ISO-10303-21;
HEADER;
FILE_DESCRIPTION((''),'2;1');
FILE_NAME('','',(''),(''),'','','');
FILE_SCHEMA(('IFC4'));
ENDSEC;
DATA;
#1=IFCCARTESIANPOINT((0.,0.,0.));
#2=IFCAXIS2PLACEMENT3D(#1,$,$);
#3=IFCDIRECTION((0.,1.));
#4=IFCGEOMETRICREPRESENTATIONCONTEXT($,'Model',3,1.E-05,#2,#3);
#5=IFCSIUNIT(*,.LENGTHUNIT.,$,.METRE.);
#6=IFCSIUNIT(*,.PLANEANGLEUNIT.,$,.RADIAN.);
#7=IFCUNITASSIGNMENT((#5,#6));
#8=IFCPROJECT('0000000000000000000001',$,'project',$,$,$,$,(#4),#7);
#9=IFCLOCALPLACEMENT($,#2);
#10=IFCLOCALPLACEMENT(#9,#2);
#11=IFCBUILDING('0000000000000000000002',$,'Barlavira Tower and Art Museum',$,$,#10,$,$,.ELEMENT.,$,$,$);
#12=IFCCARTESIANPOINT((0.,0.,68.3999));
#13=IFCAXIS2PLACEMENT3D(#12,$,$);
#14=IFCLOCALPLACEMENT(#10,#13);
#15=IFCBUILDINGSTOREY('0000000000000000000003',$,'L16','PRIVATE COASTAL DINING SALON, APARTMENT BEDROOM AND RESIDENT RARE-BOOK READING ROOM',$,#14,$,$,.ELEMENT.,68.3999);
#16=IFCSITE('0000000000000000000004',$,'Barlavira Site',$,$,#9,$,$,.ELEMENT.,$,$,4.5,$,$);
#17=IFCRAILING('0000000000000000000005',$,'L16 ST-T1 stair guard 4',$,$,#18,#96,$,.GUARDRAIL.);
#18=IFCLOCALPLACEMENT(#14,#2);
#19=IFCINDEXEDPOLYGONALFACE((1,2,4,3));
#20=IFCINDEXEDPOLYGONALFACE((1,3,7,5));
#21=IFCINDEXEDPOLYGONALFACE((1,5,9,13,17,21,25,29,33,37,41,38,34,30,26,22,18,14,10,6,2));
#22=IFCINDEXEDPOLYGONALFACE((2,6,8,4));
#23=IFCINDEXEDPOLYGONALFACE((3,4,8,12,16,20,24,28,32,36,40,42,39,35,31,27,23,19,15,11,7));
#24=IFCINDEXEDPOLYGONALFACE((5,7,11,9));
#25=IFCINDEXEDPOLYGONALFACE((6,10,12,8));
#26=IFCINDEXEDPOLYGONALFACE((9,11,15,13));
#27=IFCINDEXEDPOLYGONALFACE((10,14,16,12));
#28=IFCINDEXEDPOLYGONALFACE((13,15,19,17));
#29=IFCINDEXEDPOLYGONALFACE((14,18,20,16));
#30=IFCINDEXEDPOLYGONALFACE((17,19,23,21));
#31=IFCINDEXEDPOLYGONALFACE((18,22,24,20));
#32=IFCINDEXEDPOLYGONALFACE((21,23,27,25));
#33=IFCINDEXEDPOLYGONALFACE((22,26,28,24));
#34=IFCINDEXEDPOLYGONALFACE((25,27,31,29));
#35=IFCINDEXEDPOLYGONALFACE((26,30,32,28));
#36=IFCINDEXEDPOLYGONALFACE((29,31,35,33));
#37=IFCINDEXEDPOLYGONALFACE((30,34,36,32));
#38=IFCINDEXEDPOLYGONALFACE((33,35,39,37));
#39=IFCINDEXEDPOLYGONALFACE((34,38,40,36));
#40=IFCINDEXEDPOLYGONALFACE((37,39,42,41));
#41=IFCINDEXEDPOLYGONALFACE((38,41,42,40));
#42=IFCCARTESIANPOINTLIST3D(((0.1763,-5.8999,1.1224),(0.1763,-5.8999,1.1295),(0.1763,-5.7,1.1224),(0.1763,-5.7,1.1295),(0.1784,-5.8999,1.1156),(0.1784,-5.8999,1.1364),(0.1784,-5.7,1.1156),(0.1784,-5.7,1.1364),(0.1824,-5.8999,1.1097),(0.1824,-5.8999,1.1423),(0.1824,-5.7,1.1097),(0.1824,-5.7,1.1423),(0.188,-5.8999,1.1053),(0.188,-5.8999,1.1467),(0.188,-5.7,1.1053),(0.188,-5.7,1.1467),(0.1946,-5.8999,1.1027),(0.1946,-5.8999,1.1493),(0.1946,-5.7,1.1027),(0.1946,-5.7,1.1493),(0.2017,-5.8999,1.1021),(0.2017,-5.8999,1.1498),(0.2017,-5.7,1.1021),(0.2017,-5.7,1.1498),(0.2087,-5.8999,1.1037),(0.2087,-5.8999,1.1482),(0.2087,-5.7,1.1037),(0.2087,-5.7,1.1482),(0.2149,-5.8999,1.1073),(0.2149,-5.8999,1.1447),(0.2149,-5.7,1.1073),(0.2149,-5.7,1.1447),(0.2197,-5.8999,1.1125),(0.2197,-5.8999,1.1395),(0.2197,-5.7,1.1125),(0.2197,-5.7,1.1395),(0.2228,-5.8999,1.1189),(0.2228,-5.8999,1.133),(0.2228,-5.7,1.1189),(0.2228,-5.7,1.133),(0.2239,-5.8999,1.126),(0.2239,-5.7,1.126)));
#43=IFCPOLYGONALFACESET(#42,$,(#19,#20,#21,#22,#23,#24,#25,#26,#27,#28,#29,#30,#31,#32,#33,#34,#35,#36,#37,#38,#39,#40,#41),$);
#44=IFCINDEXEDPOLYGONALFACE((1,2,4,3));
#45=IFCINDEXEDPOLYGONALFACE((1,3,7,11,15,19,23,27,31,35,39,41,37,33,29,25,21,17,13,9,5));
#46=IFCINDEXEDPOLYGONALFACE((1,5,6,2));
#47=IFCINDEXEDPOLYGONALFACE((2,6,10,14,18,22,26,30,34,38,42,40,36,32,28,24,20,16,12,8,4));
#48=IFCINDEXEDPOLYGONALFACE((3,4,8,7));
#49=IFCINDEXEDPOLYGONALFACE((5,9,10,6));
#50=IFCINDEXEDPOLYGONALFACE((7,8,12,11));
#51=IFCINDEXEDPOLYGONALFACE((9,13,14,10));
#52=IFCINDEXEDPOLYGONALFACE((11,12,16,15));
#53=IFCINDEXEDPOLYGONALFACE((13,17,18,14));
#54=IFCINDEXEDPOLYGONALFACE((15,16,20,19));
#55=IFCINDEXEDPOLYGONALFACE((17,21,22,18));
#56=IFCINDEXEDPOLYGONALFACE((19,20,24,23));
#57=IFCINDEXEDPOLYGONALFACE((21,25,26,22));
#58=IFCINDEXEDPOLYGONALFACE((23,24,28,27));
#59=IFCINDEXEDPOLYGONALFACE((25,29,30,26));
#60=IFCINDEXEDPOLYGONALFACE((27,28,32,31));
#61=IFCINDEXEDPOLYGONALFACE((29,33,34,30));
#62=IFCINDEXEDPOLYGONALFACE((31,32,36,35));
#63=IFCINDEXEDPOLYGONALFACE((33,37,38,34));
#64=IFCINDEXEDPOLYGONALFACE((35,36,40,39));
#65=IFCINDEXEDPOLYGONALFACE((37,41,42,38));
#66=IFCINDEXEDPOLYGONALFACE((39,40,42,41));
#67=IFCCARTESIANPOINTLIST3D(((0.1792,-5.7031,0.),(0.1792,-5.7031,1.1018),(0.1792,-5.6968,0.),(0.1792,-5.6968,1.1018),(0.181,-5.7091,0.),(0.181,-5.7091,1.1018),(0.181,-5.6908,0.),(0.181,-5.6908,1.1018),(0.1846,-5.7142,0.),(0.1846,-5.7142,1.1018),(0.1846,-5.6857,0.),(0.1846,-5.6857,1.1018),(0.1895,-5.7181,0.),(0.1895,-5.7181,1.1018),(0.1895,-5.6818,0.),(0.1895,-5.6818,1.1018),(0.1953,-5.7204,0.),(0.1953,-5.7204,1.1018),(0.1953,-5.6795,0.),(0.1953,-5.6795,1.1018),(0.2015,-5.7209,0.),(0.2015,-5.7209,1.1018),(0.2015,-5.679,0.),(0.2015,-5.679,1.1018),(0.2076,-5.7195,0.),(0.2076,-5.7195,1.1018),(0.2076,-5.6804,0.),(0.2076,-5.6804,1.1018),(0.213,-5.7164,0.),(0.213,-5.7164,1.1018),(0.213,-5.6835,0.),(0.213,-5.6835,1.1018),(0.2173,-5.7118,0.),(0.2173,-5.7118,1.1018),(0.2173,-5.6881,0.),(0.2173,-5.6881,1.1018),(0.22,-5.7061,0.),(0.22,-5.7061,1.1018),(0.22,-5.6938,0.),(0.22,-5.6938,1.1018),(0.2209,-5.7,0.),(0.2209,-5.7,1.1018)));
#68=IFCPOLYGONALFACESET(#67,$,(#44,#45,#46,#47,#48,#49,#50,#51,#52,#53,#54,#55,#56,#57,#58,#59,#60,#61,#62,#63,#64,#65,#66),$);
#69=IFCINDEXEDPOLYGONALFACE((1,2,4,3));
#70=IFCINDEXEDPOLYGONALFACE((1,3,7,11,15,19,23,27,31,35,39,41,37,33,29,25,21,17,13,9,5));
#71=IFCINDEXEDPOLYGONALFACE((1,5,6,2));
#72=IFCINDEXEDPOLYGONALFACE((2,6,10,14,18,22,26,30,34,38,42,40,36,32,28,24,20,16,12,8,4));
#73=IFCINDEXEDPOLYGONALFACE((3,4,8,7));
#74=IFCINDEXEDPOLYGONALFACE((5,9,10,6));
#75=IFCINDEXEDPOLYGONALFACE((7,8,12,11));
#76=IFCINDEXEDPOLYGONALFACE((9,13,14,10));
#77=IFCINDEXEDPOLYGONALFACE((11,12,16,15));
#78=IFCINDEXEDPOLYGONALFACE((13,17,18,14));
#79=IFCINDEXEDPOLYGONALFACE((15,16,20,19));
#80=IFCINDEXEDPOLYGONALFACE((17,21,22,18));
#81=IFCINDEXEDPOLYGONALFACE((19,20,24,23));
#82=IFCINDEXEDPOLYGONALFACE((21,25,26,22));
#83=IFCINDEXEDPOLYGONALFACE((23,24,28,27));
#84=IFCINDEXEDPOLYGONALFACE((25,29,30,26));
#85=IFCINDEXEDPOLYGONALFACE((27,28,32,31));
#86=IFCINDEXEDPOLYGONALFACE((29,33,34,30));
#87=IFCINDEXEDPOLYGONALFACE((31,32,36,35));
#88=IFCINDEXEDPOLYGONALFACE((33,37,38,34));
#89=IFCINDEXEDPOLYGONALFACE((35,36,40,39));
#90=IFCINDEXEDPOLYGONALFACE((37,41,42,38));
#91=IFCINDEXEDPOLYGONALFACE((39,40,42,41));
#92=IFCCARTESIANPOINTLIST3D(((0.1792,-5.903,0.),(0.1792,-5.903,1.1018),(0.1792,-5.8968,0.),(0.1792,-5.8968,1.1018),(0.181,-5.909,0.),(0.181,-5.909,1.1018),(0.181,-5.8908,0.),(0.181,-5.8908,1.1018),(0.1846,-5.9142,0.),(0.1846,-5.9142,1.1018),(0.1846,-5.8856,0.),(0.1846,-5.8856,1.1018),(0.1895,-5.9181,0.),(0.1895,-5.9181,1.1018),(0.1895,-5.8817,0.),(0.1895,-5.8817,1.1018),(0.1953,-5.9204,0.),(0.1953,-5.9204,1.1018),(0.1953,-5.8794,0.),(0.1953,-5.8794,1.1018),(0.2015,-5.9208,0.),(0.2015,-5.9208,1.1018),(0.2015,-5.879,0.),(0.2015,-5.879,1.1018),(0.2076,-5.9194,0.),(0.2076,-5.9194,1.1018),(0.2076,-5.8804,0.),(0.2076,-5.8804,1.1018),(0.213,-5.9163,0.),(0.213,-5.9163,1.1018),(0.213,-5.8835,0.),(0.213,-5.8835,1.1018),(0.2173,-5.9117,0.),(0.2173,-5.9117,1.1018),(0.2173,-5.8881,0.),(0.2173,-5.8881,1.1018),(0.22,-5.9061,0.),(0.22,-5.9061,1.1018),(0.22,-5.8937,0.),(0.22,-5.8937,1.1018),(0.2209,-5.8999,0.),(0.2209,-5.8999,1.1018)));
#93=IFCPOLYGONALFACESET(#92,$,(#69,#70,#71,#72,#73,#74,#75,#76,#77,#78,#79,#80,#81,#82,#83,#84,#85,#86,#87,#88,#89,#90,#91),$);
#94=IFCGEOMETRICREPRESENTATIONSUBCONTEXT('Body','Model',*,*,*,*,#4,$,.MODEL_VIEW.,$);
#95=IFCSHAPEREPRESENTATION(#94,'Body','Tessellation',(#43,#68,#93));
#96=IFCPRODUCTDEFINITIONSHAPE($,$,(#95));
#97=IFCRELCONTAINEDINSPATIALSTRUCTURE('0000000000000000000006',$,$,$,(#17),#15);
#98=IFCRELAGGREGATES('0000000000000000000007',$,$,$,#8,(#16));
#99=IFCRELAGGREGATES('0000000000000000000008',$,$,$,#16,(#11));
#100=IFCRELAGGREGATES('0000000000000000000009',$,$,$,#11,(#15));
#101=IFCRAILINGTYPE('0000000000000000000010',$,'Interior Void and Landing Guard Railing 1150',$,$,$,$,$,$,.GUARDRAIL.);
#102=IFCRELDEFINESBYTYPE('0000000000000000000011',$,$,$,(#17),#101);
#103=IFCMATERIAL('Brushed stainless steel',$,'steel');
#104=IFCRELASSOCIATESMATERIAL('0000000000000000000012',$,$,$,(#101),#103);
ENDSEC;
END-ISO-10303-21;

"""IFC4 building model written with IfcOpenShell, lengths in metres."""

from ifc_helpers import new_model, si_unit, direction, frame, origin, origin_2d, place, context, subcontext, project, spatial, circle, extrude, material, type_object, element, save


model = new_model("IFC4")

# Units and contexts
model_context = context("Model", 3, precision=1e-05, world=origin(), true_north=direction((0.0, 1.0)))
body_context = subcontext(model_context, "Body", "Model", "MODEL_VIEW")
ifc_project = project(units=[si_unit("LENGTHUNIT", "METRE"), si_unit("PLANEANGLEUNIT", "RADIAN")], contexts=[model_context])

# Site, building, storey
site_placement = place(None, origin())
site = spatial("IfcSite", under=ifc_project, at=site_placement, Name="Barlavira Site", CompositionType="ELEMENT", RefElevation=4.5)
building_placement = place(site_placement, origin())
building = spatial("IfcBuilding", under=site, at=building_placement, Name="Barlavira Tower and Art Museum", CompositionType="ELEMENT")
storey_placement = place(building_placement, frame((0.0, 0.0, 68.3999)))
storey = spatial("IfcBuildingStorey", under=building, at=storey_placement, Name="L16", Description="PRIVATE COASTAL DINING SALON, APARTMENT BEDROOM AND RESIDENT RARE-BOOK READING ROOM", CompositionType="ELEMENT", Elevation=68.3999)

# Shared definitions
ifc_material_1 = material(Name="Brushed stainless steel", Category="steel")

# Railing
railing_type_1 = type_object("IfcRailingType", Name="Interior Void and Landing Guard Railing 1150", PredefinedType="GUARDRAIL", material=ifc_material_1)
railing_1_placement = place(storey_placement, frame((0.2, -5.7, 0.0)))
element("IfcRailing", 1, at=railing_1_placement, inside=storey, type_object=railing_type_1, Name="L16 ST-T1 stair guard 4", PredefinedType="GUARDRAIL", context=body_context, shape_type="SweptSolid", body=[
    extrude(circle(Radius=0.0239, at=origin_2d()), frame((0.0, 0.0, 1.126), z_axis=(0.0, -1.0, 0.0), x_axis=(1.0, 0.0, 0.0)), (0.0, 0.0, 1.0), 0.2),
    extrude(circle(Radius=0.021, at=origin_2d()), origin(), (0.0, 0.0, 1.0), 1.1018),
    extrude(circle(Radius=0.021, at=origin_2d()), frame((0.0, -0.2, 0.0)), (0.0, 0.0, 1.0), 1.1018),
])

save(model, "model.ifc")
